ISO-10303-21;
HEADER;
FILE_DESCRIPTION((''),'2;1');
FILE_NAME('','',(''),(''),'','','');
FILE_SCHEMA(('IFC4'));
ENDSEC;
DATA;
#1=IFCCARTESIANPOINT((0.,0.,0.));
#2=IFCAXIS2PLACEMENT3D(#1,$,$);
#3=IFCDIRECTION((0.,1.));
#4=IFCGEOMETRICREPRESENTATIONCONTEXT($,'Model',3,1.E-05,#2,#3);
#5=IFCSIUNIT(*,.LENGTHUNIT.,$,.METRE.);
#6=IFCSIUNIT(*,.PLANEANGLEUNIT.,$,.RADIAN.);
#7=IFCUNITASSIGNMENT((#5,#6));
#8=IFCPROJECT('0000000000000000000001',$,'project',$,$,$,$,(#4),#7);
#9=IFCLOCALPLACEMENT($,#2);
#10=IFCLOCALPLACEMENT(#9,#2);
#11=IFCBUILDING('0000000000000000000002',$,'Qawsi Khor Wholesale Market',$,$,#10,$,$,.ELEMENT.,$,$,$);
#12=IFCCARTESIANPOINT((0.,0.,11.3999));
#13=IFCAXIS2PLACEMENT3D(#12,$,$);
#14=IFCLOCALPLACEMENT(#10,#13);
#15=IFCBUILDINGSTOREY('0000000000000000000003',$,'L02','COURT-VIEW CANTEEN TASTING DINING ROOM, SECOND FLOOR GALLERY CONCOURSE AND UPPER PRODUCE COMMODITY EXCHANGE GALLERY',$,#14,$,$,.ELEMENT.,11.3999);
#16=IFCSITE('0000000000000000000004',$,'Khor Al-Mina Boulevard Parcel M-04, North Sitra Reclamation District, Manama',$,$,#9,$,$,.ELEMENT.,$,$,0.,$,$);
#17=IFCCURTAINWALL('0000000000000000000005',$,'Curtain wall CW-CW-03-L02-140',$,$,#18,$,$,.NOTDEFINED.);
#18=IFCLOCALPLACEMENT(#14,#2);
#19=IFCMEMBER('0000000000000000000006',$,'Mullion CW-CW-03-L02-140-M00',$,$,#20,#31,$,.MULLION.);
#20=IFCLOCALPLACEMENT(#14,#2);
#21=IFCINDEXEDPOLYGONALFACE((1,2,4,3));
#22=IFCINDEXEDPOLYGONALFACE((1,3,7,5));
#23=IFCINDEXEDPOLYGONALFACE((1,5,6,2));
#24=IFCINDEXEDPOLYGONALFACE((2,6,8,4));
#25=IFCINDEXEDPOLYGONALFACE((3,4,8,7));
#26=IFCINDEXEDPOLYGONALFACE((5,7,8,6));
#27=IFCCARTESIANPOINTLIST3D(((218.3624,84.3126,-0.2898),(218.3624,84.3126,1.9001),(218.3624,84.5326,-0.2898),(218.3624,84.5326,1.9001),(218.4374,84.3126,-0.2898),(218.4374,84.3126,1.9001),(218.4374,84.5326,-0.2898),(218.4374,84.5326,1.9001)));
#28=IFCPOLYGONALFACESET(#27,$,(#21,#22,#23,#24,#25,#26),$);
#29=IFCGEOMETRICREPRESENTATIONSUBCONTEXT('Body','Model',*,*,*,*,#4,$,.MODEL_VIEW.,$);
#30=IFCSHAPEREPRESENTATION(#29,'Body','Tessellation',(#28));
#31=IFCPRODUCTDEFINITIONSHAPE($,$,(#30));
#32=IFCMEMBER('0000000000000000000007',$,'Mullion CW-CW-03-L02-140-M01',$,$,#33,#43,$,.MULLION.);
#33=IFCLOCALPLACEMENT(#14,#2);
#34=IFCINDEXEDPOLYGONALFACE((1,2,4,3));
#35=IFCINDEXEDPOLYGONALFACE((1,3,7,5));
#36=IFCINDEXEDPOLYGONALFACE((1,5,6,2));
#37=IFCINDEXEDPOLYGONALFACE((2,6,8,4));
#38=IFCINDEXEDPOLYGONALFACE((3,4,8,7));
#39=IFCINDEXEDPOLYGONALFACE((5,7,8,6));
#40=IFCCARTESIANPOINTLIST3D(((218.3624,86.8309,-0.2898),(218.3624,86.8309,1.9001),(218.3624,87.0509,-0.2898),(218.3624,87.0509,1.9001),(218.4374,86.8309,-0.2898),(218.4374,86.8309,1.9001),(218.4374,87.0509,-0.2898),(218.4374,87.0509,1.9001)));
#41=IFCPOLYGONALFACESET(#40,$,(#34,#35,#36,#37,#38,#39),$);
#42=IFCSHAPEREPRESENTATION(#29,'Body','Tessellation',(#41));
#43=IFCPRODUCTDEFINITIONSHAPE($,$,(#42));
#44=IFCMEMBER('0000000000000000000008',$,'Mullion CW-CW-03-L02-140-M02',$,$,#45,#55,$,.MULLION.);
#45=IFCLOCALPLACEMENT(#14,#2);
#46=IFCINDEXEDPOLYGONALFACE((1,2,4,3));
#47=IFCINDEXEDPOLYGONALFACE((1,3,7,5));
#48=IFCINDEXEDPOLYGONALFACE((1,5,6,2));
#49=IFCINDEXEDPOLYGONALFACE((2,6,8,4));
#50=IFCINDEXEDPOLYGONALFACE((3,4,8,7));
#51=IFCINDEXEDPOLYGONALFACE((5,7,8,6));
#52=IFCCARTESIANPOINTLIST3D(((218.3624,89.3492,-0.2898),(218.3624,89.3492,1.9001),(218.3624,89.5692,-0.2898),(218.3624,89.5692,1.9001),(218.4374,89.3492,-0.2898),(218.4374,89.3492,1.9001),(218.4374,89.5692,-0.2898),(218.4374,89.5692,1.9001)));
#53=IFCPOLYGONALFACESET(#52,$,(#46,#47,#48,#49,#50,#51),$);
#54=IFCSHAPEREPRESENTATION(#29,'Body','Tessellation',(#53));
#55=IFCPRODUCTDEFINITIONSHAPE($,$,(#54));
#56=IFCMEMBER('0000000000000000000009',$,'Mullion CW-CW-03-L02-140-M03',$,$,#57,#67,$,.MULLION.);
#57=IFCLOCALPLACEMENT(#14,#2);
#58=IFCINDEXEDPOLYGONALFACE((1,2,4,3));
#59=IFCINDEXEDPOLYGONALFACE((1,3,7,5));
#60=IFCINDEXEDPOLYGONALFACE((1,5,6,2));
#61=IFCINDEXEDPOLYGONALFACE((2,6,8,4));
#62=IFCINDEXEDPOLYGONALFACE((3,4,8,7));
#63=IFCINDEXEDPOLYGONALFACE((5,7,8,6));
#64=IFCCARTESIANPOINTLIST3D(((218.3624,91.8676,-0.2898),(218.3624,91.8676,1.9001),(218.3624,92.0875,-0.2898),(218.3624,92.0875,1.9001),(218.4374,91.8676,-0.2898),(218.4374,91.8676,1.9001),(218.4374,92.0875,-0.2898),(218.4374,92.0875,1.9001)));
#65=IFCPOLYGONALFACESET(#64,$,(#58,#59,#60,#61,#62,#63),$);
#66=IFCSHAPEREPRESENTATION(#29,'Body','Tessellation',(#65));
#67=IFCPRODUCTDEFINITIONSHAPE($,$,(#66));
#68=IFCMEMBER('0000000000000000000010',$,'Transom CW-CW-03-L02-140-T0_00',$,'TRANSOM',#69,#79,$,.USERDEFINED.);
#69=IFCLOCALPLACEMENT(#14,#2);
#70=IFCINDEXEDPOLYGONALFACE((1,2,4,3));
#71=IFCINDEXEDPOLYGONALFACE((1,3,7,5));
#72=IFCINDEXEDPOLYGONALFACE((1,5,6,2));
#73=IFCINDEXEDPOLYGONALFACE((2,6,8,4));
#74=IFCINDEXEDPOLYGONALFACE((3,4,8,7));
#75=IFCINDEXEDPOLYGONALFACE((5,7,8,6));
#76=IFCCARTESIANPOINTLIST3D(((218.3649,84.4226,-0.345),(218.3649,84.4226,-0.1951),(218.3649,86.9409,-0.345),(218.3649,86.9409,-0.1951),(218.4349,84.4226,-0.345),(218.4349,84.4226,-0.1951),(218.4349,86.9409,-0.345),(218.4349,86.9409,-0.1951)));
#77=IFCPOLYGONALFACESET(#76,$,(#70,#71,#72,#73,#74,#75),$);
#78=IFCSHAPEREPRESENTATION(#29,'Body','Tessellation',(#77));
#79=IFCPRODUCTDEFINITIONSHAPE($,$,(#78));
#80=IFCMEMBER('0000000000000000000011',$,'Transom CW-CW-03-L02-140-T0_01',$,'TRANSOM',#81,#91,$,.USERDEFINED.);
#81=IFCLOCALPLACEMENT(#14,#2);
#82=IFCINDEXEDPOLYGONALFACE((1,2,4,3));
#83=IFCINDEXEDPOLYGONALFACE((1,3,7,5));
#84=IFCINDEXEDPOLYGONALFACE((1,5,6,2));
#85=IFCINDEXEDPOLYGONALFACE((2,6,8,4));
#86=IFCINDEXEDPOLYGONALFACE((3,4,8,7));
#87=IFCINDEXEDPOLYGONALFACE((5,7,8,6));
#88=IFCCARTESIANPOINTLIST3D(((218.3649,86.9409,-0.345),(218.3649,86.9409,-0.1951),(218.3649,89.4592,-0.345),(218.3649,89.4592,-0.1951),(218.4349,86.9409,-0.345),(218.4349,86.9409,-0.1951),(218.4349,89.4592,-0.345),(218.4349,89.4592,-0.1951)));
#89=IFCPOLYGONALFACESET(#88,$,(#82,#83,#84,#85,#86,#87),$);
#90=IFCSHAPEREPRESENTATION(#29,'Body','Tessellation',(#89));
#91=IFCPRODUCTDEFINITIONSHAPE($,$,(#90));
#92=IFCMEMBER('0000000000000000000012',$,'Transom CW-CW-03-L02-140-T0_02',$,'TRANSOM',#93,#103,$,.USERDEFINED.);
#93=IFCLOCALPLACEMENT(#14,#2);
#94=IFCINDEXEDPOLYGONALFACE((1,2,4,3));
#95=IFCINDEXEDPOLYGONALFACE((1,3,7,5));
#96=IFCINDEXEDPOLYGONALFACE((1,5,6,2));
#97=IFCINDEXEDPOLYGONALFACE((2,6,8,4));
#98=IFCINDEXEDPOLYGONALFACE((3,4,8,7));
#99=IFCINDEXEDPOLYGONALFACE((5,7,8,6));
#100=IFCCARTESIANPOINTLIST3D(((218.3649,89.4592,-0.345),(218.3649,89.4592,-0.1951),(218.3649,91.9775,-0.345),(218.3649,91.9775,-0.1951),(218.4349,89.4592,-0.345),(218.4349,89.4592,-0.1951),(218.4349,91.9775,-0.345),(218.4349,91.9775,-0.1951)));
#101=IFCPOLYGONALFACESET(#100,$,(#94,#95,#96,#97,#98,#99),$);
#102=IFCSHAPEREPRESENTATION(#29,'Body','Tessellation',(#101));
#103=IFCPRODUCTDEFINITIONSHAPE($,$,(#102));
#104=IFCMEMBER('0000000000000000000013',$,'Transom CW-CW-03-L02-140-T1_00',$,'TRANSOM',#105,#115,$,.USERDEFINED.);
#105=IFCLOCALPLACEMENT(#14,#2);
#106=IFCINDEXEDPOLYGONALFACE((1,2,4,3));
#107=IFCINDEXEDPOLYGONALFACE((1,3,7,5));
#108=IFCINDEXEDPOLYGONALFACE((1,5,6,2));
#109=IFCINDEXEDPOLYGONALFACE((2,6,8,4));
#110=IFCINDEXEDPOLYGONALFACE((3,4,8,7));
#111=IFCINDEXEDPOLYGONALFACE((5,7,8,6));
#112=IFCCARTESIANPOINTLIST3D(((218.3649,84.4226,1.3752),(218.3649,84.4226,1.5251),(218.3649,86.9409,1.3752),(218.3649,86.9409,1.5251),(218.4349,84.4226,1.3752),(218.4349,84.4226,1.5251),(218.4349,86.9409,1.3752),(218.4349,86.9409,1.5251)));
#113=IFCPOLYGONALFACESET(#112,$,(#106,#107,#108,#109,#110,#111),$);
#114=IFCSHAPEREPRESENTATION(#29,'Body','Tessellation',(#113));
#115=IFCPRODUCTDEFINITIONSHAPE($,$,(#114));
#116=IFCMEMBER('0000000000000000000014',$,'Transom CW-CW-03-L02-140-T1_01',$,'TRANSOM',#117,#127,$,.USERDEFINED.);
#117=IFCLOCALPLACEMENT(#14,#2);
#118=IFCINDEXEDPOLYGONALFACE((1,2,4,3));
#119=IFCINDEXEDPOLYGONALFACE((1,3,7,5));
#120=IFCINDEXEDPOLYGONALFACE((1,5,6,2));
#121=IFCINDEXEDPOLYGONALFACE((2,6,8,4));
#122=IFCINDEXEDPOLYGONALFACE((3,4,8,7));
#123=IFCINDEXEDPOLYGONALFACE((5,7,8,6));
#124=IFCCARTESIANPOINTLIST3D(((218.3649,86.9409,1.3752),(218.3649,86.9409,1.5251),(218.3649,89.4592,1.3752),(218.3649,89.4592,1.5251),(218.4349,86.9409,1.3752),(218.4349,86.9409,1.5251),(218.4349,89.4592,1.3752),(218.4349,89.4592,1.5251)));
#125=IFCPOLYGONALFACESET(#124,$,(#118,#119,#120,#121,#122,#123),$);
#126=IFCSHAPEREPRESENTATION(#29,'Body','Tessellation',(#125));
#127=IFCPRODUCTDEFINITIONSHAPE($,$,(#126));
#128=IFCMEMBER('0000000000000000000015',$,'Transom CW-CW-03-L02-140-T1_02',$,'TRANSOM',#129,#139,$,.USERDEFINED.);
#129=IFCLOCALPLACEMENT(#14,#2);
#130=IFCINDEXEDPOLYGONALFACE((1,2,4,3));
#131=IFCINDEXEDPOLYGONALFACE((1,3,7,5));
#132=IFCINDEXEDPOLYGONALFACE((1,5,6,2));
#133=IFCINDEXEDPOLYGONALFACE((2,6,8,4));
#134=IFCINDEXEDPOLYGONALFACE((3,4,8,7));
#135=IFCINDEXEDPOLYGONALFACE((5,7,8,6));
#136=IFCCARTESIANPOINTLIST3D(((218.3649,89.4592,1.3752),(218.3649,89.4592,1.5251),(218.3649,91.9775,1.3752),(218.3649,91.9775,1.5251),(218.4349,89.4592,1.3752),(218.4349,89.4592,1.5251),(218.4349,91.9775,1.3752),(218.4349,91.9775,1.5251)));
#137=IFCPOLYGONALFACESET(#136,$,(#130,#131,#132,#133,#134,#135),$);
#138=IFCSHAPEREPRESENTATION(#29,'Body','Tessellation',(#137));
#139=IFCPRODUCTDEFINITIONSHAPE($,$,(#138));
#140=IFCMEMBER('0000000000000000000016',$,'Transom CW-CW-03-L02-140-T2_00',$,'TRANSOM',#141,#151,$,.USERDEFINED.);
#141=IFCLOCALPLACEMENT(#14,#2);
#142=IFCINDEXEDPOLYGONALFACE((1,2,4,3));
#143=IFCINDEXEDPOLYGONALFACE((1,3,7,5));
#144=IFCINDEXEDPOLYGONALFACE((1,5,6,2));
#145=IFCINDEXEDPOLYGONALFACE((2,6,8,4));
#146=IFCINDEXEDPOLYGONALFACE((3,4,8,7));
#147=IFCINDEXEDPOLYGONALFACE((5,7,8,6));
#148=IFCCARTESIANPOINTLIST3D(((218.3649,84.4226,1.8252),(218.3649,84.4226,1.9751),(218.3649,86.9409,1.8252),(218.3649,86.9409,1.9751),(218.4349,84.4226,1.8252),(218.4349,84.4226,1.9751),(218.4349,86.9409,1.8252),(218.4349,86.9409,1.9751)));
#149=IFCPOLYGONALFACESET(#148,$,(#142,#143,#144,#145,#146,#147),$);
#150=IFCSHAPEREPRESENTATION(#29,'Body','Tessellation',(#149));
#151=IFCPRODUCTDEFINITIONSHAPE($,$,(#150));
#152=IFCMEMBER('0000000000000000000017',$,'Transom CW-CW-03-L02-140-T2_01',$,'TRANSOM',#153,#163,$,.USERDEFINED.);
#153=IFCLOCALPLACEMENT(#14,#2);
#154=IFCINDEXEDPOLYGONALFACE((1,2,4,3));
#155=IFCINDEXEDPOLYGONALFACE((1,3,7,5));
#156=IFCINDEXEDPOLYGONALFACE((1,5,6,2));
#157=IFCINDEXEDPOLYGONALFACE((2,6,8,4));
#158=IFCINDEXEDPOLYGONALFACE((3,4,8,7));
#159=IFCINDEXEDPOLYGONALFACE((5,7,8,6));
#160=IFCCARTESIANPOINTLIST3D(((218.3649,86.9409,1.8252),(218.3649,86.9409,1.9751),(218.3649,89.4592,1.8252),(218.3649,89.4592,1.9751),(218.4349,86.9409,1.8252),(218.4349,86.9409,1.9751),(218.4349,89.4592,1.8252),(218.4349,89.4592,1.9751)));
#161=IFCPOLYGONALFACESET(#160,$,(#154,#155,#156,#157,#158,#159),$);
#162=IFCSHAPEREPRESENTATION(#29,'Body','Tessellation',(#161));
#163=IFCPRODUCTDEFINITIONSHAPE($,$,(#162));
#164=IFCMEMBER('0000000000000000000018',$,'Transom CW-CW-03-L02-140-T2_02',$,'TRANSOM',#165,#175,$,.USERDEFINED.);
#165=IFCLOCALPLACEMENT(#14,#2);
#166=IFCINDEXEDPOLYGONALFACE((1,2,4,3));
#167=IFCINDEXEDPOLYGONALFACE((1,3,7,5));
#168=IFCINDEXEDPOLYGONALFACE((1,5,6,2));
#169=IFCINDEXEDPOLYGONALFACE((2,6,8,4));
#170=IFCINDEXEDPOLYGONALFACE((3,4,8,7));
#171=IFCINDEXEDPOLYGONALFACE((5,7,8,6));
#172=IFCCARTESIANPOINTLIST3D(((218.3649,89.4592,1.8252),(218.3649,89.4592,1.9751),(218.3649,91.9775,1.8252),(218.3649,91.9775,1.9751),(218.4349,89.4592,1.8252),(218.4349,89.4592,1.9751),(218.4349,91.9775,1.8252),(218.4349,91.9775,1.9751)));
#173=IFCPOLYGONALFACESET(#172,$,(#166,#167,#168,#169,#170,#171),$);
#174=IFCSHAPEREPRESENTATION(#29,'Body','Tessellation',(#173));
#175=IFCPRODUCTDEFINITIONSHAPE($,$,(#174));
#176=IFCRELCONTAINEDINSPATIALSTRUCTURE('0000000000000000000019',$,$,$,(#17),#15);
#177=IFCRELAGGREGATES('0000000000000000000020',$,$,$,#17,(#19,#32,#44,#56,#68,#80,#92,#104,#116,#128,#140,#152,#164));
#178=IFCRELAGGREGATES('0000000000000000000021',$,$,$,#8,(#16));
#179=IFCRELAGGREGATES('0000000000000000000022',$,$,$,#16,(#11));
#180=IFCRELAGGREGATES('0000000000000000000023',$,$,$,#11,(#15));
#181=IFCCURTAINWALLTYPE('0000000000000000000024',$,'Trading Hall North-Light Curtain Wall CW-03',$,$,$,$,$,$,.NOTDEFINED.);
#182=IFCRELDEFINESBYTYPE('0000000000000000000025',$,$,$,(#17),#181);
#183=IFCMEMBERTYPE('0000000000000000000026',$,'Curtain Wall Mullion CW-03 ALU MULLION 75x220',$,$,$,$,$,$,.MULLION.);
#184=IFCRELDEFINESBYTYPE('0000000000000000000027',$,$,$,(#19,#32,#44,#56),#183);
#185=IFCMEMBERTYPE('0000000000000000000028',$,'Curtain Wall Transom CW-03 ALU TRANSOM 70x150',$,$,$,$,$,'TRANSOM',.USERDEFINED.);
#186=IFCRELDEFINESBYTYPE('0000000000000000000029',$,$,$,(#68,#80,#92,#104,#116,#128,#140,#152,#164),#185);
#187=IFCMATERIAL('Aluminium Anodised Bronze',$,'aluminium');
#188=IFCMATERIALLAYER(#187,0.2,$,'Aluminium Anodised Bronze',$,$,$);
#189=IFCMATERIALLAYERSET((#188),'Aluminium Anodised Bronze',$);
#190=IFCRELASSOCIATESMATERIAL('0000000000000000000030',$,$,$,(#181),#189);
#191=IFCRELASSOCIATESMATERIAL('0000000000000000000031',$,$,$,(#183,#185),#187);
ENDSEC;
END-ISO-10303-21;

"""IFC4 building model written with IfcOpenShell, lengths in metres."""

from ifc_helpers import new_model, si_unit, direction, frame, origin, origin_2d, place, context, subcontext, project, spatial, rectangle, extrude, material, layer, layer_set, material_profile, profile_set, type_object, element, aggregate, save


model = new_model("IFC4")

# Units and contexts
model_context = context("Model", 3, precision=1e-05, world=origin(), true_north=direction((0.0, 1.0)))
body_context = subcontext(model_context, "Body", "Model", "MODEL_VIEW")
ifc_project = project(units=[si_unit("LENGTHUNIT", "METRE"), si_unit("PLANEANGLEUNIT", "RADIAN")], contexts=[model_context])

# Site, building, storey
site_placement = place(None, origin())
site = spatial("IfcSite", under=ifc_project, at=site_placement, Name="Khor Al-Mina Boulevard Parcel M-04, North Sitra Reclamation District, Manama", CompositionType="ELEMENT", RefElevation=0.0)
building_placement = place(site_placement, origin())
building = spatial("IfcBuilding", under=site, at=building_placement, Name="Qawsi Khor Wholesale Market", CompositionType="ELEMENT")
storey_placement = place(building_placement, frame((0.0, 0.0, 11.3999)))
storey = spatial("IfcBuildingStorey", under=building, at=storey_placement, Name="L02", Description="COURT-VIEW CANTEEN TASTING DINING ROOM, SECOND FLOOR GALLERY CONCOURSE AND UPPER PRODUCE COMMODITY EXCHANGE GALLERY", CompositionType="ELEMENT", Elevation=11.3999)

# Curtain wall, members
ifc_material_1 = material(Name="Aluminium Anodised Bronze", Category="aluminium")
ifc_layer_1 = layer(ifc_material_1, 0.2, Name="Aluminium Anodised Bronze")
ifc_layer_set_1 = layer_set([ifc_layer_1], Name="Aluminium Anodised Bronze")
curtain_wall_type = type_object("IfcCurtainWallType", Name="Trading Hall North-Light Curtain Wall CW-03", PredefinedType="NOTDEFINED", material=ifc_layer_set_1)
curtain_wall_placement = place(storey_placement, origin())
curtain_wall = element("IfcCurtainWall", 1, at=curtain_wall_placement, inside=storey, type_object=curtain_wall_type, Name="Curtain wall CW-CW-03-L02-140", PredefinedType="NOTDEFINED")
ifc_material_profile_1 = material_profile(ifc_material_1, rectangle(XDim=0.075, YDim=0.22, at=origin_2d()), Name="ALU MULLION 75x220")
ifc_profile_set_1 = profile_set([ifc_material_profile_1], Name="Aluminium Anodised Bronze")
member_type_1 = type_object("IfcMemberType", Name="Curtain Wall Mullion CW-03 ALU MULLION 75x220", PredefinedType="MULLION", material=ifc_profile_set_1)
member_1_placement = place(storey_placement, frame((218.3999, 84.4226, -0.2898), z_axis=(0.0, 0.0, 1.0), x_axis=(1.0, 0.0, 0.0)))
member_1 = element("IfcMember", 2, at=member_1_placement, type_object=member_type_1, Name="Mullion CW-CW-03-L02-140-M00", PredefinedType="MULLION", context=body_context, shape_type="SweptSolid", body=[
    extrude(rectangle(XDim=0.075, YDim=0.22, at=origin_2d()), origin(), (0.0, 0.0, 1.0), 2.1899),
])
member_2_placement = place(storey_placement, frame((218.3999, 86.9409, -0.2898), z_axis=(0.0, 0.0, 1.0), x_axis=(1.0, 0.0, 0.0)))
member_2 = element("IfcMember", 3, at=member_2_placement, type_object=member_type_1, Name="Mullion CW-CW-03-L02-140-M01", PredefinedType="MULLION", context=body_context, shape_type="SweptSolid", body=[
    extrude(rectangle(XDim=0.075, YDim=0.22, at=origin_2d()), origin(), (0.0, 0.0, 1.0), 2.1899),
])
member_3_placement = place(storey_placement, frame((218.3999, 89.4592, -0.2898), z_axis=(0.0, 0.0, 1.0), x_axis=(1.0, 0.0, 0.0)))
member_3 = element("IfcMember", 4, at=member_3_placement, type_object=member_type_1, Name="Mullion CW-CW-03-L02-140-M02", PredefinedType="MULLION", context=body_context, shape_type="SweptSolid", body=[
    extrude(rectangle(XDim=0.075, YDim=0.22, at=origin_2d()), origin(), (0.0, 0.0, 1.0), 2.1899),
])
member_4_placement = place(storey_placement, frame((218.3999, 91.9775, -0.2898), z_axis=(0.0, 0.0, 1.0), x_axis=(1.0, 0.0, 0.0)))
member_4 = element("IfcMember", 5, at=member_4_placement, type_object=member_type_1, Name="Mullion CW-CW-03-L02-140-M03", PredefinedType="MULLION", context=body_context, shape_type="SweptSolid", body=[
    extrude(rectangle(XDim=0.075, YDim=0.22, at=origin_2d()), origin(), (0.0, 0.0, 1.0), 2.1899),
])
ifc_material_profile_2 = material_profile(ifc_material_1, rectangle(XDim=0.0701, YDim=0.1499, at=origin_2d()), Name="ALU TRANSOM 70x150")
ifc_profile_set_2 = profile_set([ifc_material_profile_2], Name="Aluminium Anodised Bronze")
member_type_2 = type_object("IfcMemberType", Name="Curtain Wall Transom CW-03 ALU TRANSOM 70x150", ElementType="TRANSOM", PredefinedType="USERDEFINED", material=ifc_profile_set_2)
member_5_placement = place(storey_placement, frame((218.3999, 84.4226, -0.27), z_axis=(0.0, 1.0, 0.0), x_axis=(-1.0, 0.0, 0.0)))
member_5 = element("IfcMember", 6, at=member_5_placement, type_object=member_type_2, Name="Transom CW-CW-03-L02-140-T0_00", ObjectType="TRANSOM", PredefinedType="USERDEFINED", context=body_context, shape_type="SweptSolid", body=[
    extrude(rectangle(XDim=0.0701, YDim=0.1499, at=origin_2d()), origin(), (0.0, 0.0, 1.0), 2.5183),
])
member_6_placement = place(storey_placement, frame((218.3999, 86.9409, -0.27), z_axis=(0.0, 1.0, 0.0), x_axis=(-1.0, 0.0, 0.0)))
member_6 = element("IfcMember", 7, at=member_6_placement, type_object=member_type_2, Name="Transom CW-CW-03-L02-140-T0_01", ObjectType="TRANSOM", PredefinedType="USERDEFINED", context=body_context, shape_type="SweptSolid", body=[
    extrude(rectangle(XDim=0.0701, YDim=0.1499, at=origin_2d()), origin(), (0.0, 0.0, 1.0), 2.5183),
])
member_7_placement = place(storey_placement, frame((218.3999, 89.4592, -0.27), z_axis=(0.0, 1.0, 0.0), x_axis=(-1.0, 0.0, 0.0)))
member_7 = element("IfcMember", 8, at=member_7_placement, type_object=member_type_2, Name="Transom CW-CW-03-L02-140-T0_02", ObjectType="TRANSOM", PredefinedType="USERDEFINED", context=body_context, shape_type="SweptSolid", body=[
    extrude(rectangle(XDim=0.0701, YDim=0.1499, at=origin_2d()), origin(), (0.0, 0.0, 1.0), 2.5183),
])
member_8_placement = place(storey_placement, frame((218.3999, 84.4226, 1.4502), z_axis=(0.0, 1.0, 0.0), x_axis=(-1.0, 0.0, 0.0)))
member_8 = element("IfcMember", 9, at=member_8_placement, type_object=member_type_2, Name="Transom CW-CW-03-L02-140-T1_00", ObjectType="TRANSOM", PredefinedType="USERDEFINED", context=body_context, shape_type="SweptSolid", body=[
    extrude(rectangle(XDim=0.0701, YDim=0.1499, at=origin_2d()), origin(), (0.0, 0.0, 1.0), 2.5183),
])
member_9_placement = place(storey_placement, frame((218.3999, 86.9409, 1.4502), z_axis=(0.0, 1.0, 0.0), x_axis=(-1.0, 0.0, 0.0)))
member_9 = element("IfcMember", 10, at=member_9_placement, type_object=member_type_2, Name="Transom CW-CW-03-L02-140-T1_01", ObjectType="TRANSOM", PredefinedType="USERDEFINED", context=body_context, shape_type="SweptSolid", body=[
    extrude(rectangle(XDim=0.0701, YDim=0.1499, at=origin_2d()), origin(), (0.0, 0.0, 1.0), 2.5183),
])
member_10_placement = place(storey_placement, frame((218.3999, 89.4592, 1.4502), z_axis=(0.0, 1.0, 0.0), x_axis=(-1.0, 0.0, 0.0)))
member_10 = element("IfcMember", 11, at=member_10_placement, type_object=member_type_2, Name="Transom CW-CW-03-L02-140-T1_02", ObjectType="TRANSOM", PredefinedType="USERDEFINED", context=body_context, shape_type="SweptSolid", body=[
    extrude(rectangle(XDim=0.0701, YDim=0.1499, at=origin_2d()), origin(), (0.0, 0.0, 1.0), 2.5183),
])
member_11_placement = place(storey_placement, frame((218.3999, 84.4226, 1.9001), z_axis=(0.0, 1.0, 0.0), x_axis=(-1.0, 0.0, 0.0)))
member_11 = element("IfcMember", 12, at=member_11_placement, type_object=member_type_2, Name="Transom CW-CW-03-L02-140-T2_00", ObjectType="TRANSOM", PredefinedType="USERDEFINED", context=body_context, shape_type="SweptSolid", body=[
    extrude(rectangle(XDim=0.0701, YDim=0.1499, at=origin_2d()), origin(), (0.0, 0.0, 1.0), 2.5183),
])
member_12_placement = place(storey_placement, frame((218.3999, 86.9409, 1.9001), z_axis=(0.0, 1.0, 0.0), x_axis=(-1.0, 0.0, 0.0)))
member_12 = element("IfcMember", 13, at=member_12_placement, type_object=member_type_2, Name="Transom CW-CW-03-L02-140-T2_01", ObjectType="TRANSOM", PredefinedType="USERDEFINED", context=body_context, shape_type="SweptSolid", body=[
    extrude(rectangle(XDim=0.0701, YDim=0.1499, at=origin_2d()), origin(), (0.0, 0.0, 1.0), 2.5183),
])
member_13_placement = place(storey_placement, frame((218.3999, 89.4592, 1.9001), z_axis=(0.0, 1.0, 0.0), x_axis=(-1.0, 0.0, 0.0)))
member_13 = element("IfcMember", 14, at=member_13_placement, type_object=member_type_2, Name="Transom CW-CW-03-L02-140-T2_02", ObjectType="TRANSOM", PredefinedType="USERDEFINED", context=body_context, shape_type="SweptSolid", body=[
    extrude(rectangle(XDim=0.0701, YDim=0.1499, at=origin_2d()), origin(), (0.0, 0.0, 1.0), 2.5183),
])

aggregate(curtain_wall, [member_1, member_2, member_3, member_4, member_5, member_6, member_7, member_8, member_9, member_10, member_11, member_12, member_13])

save(model, "model.ifc")
